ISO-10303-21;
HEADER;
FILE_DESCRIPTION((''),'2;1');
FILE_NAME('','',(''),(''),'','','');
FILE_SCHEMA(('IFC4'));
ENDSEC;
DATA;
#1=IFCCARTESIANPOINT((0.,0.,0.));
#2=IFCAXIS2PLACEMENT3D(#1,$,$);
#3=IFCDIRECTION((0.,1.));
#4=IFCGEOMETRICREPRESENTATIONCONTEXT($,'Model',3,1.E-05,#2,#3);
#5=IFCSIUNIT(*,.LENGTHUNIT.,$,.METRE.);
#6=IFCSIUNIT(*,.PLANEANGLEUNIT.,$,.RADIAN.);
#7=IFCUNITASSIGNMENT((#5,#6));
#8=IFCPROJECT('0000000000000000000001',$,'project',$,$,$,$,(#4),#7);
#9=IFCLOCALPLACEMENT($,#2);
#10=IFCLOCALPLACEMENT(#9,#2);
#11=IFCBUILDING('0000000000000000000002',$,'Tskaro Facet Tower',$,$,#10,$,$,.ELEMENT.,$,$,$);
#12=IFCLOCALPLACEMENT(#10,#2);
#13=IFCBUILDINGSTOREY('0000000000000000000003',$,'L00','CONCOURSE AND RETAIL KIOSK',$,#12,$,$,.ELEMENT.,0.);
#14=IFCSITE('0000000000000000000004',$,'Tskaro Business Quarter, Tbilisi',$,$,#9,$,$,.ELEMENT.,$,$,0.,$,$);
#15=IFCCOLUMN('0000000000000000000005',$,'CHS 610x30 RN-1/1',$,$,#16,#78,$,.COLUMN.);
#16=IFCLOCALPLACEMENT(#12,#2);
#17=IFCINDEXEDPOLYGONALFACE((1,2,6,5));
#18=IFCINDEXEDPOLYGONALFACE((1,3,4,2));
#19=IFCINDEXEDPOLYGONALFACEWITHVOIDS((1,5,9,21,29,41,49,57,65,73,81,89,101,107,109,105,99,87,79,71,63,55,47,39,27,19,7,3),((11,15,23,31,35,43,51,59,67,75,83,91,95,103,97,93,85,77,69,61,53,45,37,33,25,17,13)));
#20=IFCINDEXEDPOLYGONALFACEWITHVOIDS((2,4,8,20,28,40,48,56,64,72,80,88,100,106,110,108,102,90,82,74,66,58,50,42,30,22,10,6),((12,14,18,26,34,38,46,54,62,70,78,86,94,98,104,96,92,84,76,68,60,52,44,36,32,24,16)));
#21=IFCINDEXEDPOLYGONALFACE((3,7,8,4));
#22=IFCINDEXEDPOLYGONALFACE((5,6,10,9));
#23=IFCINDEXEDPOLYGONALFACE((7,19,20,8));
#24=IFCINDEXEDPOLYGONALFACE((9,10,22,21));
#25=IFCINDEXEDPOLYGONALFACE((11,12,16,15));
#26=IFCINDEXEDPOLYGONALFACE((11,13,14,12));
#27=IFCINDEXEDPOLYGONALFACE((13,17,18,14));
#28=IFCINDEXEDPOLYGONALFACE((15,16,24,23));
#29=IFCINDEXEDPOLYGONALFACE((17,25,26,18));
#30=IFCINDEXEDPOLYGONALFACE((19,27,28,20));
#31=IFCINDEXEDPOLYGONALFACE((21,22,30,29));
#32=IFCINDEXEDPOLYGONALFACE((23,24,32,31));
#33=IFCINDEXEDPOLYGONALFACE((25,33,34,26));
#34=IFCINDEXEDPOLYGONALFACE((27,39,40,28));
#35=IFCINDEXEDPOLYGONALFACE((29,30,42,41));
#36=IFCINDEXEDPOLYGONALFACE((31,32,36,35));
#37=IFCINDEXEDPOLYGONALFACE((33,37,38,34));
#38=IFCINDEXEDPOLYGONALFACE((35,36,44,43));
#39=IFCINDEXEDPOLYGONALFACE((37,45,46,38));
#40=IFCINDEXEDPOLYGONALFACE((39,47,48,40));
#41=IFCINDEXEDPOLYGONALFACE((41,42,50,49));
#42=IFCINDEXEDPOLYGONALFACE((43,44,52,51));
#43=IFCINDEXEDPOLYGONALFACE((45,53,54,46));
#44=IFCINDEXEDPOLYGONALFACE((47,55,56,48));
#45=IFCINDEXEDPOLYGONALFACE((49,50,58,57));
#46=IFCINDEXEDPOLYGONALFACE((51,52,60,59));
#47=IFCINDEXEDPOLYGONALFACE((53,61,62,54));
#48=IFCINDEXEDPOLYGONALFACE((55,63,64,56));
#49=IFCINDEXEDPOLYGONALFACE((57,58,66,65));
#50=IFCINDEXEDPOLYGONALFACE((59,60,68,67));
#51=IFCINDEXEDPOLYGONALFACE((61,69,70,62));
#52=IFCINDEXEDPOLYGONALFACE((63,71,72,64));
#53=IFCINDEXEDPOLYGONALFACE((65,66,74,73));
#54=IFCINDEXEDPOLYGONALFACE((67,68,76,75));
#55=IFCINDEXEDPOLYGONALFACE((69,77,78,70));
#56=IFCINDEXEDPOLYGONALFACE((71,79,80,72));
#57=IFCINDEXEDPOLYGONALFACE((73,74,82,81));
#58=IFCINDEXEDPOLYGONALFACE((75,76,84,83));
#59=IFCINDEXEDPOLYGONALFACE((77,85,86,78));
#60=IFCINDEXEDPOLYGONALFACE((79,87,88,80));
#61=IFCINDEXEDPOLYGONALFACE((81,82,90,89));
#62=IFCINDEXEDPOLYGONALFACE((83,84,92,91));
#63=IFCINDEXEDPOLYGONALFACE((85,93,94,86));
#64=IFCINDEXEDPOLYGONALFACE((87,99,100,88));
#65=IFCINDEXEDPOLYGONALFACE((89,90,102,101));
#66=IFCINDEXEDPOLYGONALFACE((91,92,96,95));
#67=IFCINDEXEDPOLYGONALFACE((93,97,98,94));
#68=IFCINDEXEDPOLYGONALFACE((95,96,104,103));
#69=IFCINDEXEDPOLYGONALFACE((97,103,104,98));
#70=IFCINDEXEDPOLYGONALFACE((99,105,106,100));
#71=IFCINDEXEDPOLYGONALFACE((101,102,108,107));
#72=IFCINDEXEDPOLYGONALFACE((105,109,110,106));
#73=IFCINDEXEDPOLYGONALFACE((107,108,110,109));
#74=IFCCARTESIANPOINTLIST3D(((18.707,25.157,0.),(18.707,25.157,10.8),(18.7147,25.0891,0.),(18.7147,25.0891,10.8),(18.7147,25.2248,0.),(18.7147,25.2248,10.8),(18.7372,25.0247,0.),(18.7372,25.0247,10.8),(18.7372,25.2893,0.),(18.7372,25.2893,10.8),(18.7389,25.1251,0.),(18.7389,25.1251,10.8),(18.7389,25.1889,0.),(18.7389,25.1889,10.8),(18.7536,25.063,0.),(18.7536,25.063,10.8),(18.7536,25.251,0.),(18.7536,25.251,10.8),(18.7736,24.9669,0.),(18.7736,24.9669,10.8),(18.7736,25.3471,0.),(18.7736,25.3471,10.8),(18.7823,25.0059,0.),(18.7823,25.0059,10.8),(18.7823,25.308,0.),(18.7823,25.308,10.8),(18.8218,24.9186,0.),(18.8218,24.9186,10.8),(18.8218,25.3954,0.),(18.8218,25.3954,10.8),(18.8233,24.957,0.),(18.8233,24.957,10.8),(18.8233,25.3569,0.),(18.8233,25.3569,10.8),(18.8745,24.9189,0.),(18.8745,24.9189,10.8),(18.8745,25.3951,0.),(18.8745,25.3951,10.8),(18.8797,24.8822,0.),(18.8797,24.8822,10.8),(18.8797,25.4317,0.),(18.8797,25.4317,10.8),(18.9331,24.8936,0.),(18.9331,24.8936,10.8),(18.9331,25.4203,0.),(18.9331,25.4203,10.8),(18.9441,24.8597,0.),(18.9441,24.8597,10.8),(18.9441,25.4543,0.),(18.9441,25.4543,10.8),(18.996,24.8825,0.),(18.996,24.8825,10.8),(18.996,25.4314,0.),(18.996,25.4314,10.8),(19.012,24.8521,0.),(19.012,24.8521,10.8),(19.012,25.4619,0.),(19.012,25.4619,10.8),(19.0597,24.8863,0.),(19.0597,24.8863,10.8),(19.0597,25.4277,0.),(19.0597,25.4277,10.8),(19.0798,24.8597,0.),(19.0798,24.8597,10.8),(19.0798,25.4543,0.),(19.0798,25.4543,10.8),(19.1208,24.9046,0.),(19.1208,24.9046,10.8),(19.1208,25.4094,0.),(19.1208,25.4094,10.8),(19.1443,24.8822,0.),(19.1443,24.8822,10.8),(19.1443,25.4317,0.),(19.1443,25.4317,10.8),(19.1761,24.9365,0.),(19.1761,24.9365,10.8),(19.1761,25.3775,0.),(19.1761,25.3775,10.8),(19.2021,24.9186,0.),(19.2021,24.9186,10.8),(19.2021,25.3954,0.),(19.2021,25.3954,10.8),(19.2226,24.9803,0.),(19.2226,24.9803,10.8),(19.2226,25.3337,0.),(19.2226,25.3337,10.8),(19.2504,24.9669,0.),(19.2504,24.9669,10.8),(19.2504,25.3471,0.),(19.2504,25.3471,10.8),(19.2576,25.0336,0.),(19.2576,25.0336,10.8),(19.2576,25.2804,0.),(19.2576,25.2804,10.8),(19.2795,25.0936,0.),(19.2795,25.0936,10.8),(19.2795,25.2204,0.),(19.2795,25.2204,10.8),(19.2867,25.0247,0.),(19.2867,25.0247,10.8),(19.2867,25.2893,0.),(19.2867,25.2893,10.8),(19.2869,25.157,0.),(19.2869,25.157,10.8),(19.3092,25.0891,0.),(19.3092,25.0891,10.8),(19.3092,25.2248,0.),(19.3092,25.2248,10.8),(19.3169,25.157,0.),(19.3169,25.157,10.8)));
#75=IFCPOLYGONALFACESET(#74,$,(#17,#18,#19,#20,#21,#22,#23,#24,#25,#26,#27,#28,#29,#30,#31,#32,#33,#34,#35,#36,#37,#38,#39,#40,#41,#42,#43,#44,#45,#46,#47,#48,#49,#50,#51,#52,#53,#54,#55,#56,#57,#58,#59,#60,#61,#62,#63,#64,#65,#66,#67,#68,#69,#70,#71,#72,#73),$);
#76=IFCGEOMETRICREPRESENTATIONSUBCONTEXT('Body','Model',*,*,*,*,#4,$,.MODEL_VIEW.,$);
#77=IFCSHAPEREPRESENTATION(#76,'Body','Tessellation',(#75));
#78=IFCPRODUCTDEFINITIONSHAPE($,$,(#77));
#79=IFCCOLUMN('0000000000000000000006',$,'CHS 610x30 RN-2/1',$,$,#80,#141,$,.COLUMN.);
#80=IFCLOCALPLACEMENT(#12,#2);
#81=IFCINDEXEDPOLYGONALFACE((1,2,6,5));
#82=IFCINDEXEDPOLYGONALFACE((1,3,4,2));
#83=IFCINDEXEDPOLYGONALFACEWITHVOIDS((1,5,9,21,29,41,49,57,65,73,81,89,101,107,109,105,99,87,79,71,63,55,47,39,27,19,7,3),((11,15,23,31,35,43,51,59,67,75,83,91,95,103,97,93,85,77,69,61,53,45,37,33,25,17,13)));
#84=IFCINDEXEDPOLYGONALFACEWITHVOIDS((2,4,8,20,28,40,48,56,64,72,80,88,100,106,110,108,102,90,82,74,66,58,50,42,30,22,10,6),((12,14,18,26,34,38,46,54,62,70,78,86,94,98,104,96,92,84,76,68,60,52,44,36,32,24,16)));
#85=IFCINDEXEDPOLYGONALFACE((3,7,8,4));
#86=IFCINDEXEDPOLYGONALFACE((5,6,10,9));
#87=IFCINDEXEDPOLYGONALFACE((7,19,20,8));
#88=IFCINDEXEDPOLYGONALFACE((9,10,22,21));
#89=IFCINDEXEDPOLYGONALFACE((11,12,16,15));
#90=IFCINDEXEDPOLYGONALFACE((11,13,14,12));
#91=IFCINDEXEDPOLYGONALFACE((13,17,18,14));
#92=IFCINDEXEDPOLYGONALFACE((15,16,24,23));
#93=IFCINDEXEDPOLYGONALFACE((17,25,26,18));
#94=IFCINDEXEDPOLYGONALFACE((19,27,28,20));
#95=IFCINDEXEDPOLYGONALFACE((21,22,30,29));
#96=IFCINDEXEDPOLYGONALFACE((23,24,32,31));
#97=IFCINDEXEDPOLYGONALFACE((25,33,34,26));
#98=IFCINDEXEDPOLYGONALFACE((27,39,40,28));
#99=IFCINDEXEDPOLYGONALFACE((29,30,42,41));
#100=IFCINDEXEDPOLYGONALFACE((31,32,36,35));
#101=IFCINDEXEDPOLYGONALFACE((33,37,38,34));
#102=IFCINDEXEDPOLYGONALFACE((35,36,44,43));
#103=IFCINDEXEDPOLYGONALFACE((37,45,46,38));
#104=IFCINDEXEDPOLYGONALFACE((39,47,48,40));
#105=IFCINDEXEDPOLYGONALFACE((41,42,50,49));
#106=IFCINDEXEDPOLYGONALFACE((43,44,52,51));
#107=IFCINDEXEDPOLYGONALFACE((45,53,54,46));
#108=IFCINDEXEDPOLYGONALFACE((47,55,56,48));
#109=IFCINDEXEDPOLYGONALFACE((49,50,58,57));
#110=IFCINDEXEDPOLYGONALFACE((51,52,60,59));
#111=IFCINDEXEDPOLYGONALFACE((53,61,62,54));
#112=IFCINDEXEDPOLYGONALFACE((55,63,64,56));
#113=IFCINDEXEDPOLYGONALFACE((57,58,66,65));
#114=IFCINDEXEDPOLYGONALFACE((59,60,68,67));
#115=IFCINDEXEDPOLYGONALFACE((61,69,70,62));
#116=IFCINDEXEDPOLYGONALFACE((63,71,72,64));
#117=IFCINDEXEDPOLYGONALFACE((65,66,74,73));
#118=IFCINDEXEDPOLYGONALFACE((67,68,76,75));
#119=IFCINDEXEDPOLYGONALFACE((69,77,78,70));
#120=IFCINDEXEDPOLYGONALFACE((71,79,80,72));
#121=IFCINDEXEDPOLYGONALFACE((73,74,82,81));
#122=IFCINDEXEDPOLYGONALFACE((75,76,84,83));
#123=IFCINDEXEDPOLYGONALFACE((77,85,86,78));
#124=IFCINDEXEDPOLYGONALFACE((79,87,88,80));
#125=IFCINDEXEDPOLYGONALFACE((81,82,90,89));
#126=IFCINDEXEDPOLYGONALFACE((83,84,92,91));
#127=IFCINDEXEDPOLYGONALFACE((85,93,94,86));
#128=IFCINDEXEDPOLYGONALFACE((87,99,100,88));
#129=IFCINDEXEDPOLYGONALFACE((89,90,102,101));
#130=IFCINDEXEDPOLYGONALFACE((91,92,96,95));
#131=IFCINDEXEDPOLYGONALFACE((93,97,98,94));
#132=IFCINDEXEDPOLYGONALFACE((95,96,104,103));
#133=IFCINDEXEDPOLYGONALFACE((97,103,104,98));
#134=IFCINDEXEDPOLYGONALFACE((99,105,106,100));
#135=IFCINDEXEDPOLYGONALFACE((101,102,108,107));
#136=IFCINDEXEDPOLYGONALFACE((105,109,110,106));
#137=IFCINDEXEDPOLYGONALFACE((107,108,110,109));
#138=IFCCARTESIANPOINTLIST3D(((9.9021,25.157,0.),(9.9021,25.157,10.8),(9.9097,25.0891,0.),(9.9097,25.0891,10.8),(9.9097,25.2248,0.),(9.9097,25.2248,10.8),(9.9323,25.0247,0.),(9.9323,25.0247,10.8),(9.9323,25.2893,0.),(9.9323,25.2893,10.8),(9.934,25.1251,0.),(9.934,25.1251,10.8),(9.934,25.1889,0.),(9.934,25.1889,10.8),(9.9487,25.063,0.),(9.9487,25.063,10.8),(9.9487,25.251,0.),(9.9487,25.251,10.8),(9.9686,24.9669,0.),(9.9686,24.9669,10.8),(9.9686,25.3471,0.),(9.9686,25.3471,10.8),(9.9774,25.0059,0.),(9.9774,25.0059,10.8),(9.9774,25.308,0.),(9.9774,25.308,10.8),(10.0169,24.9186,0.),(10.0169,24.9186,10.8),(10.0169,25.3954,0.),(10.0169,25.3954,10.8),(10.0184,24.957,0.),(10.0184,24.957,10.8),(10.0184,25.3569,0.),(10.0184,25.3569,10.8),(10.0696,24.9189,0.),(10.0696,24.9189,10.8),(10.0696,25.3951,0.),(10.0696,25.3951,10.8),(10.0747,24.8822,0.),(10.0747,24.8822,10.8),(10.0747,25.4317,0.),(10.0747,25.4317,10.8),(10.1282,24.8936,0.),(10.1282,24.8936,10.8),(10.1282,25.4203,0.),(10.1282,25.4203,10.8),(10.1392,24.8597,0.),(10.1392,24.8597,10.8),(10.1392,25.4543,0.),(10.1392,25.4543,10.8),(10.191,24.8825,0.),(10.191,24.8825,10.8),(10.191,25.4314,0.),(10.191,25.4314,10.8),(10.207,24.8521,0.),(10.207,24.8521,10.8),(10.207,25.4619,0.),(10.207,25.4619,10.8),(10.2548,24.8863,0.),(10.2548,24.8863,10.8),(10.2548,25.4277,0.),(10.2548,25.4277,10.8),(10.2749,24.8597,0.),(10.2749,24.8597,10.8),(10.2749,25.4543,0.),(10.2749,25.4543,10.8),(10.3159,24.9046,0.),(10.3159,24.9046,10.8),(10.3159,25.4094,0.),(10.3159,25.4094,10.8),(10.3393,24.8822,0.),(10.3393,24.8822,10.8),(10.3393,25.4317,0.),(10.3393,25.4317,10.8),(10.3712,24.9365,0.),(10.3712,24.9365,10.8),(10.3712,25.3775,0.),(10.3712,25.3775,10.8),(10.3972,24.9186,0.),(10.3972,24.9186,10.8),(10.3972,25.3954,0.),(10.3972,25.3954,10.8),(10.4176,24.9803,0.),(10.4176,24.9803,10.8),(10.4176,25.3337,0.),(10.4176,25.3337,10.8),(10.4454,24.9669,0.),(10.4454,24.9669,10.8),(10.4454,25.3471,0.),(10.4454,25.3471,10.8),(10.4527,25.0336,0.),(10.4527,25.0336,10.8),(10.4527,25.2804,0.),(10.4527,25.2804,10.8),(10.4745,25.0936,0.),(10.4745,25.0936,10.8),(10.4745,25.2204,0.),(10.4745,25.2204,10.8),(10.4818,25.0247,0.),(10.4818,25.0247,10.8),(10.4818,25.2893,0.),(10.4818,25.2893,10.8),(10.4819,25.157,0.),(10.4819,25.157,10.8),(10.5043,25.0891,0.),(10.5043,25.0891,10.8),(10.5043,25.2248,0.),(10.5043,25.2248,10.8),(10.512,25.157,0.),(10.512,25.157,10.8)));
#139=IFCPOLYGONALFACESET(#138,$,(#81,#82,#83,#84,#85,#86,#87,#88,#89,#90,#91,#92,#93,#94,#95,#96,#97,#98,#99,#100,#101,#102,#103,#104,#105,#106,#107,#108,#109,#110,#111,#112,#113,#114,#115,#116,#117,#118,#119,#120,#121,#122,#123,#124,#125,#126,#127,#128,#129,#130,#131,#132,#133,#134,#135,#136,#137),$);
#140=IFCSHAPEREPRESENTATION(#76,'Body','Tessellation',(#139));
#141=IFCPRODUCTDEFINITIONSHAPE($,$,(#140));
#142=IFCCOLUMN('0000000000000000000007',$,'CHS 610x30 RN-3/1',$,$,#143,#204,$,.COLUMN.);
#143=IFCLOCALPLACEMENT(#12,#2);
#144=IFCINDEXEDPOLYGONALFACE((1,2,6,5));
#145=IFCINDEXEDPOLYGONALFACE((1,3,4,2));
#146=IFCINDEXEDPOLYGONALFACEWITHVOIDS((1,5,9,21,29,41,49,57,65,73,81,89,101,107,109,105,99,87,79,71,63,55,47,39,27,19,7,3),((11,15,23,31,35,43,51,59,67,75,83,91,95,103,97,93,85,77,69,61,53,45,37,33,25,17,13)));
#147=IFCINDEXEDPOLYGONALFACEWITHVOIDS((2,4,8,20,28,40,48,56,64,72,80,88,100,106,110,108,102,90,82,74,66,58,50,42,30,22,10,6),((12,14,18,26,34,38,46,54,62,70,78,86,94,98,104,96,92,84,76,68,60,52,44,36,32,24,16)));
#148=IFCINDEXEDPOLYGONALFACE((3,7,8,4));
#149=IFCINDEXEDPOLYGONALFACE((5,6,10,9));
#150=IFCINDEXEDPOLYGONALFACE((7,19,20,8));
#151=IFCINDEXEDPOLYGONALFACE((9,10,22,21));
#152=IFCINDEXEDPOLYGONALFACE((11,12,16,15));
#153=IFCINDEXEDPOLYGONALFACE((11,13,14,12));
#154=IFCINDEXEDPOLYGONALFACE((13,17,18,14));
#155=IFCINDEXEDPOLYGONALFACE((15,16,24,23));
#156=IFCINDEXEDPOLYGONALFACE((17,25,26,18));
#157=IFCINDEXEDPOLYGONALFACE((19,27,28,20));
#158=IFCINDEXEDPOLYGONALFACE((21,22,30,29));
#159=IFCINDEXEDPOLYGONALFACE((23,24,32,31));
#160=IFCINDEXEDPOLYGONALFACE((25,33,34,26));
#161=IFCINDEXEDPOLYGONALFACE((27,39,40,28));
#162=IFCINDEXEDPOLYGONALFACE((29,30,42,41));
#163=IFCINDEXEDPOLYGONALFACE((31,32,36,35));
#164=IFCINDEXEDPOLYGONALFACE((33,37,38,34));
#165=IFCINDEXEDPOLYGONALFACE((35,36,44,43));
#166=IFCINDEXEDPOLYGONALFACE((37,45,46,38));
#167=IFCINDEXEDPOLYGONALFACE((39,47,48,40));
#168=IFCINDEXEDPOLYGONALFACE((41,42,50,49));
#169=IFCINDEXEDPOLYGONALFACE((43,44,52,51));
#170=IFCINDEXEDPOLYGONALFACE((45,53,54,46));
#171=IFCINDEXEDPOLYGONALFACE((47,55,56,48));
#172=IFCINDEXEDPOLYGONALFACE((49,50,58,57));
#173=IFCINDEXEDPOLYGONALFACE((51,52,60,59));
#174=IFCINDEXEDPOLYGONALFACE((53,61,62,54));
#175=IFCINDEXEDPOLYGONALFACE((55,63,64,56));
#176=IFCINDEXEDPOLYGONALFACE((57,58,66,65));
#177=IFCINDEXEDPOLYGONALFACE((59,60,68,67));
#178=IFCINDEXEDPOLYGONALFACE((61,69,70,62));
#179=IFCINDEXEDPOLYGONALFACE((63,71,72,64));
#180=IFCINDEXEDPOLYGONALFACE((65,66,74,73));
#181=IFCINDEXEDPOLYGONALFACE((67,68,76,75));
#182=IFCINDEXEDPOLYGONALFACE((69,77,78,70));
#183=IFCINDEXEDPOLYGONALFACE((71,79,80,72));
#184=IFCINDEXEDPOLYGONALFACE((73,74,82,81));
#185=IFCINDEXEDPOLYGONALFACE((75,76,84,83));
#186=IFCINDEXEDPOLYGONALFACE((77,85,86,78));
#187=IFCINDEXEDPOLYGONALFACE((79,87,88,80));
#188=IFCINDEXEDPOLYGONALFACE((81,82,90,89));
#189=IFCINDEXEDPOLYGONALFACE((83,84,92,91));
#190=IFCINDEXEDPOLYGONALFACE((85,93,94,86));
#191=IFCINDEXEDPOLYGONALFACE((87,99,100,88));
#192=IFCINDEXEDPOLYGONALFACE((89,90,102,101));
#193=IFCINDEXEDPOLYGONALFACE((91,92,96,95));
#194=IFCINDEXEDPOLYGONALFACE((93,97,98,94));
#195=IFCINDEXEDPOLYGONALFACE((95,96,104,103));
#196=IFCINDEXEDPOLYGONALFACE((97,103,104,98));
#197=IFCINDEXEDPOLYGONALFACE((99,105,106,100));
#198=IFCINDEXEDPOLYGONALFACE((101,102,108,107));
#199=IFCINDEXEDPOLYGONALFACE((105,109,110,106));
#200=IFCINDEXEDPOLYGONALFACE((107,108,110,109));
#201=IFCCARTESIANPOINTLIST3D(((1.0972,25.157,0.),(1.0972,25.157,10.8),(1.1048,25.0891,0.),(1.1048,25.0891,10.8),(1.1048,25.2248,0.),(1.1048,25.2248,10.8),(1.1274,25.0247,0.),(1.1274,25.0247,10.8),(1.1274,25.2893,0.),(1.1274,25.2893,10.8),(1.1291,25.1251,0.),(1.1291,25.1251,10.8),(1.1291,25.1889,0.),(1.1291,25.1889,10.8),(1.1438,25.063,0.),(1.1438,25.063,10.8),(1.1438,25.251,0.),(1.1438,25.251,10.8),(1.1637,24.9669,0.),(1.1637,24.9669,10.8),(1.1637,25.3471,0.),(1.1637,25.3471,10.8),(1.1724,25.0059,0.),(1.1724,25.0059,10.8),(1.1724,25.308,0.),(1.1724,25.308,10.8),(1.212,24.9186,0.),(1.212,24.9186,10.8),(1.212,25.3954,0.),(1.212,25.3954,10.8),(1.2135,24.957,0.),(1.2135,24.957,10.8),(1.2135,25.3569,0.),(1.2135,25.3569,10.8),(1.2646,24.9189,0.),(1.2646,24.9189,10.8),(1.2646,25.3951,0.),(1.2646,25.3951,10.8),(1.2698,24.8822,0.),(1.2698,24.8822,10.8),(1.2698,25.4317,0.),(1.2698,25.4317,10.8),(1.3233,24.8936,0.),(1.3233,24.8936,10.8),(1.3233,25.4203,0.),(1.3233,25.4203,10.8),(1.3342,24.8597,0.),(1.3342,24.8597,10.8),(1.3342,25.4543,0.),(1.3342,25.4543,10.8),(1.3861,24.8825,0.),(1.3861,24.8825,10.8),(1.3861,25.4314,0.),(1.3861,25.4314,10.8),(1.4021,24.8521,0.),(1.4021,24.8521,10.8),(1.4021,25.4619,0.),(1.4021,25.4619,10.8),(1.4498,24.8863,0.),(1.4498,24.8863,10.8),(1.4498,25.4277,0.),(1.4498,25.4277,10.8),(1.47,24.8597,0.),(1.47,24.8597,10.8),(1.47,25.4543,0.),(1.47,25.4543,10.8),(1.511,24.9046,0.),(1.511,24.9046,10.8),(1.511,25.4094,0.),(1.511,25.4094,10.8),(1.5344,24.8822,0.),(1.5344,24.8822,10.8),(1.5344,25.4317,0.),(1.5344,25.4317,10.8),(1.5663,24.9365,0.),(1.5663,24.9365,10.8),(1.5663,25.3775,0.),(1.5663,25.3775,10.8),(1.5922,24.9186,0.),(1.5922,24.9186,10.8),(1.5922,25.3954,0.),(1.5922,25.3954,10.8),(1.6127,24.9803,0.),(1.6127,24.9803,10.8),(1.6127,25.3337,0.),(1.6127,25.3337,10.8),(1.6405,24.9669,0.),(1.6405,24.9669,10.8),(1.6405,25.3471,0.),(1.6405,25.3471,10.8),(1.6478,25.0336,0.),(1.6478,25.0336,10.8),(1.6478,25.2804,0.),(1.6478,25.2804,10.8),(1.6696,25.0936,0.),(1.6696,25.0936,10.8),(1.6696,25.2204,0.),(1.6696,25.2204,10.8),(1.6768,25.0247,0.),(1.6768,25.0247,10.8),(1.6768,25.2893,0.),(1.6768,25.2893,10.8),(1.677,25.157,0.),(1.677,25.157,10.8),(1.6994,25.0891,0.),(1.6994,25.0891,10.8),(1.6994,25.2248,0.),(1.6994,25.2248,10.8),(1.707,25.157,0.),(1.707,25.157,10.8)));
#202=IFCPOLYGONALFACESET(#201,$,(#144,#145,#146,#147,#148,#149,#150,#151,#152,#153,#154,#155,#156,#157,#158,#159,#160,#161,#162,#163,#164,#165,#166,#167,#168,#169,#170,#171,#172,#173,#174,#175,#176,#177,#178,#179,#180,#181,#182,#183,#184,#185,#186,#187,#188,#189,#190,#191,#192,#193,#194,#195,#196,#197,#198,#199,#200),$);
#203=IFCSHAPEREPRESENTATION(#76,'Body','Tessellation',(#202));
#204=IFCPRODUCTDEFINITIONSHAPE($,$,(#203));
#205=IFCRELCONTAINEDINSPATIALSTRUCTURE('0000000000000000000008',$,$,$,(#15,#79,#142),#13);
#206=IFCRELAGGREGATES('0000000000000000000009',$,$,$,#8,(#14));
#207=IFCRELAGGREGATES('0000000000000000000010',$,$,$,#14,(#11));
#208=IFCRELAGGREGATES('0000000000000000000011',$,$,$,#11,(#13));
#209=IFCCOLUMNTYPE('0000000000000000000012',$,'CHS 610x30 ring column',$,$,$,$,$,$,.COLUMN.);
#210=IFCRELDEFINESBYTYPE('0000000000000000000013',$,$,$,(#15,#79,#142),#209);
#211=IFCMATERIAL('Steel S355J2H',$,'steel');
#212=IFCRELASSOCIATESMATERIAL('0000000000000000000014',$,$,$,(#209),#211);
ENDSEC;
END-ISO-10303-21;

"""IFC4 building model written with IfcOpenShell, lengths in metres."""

from ifc_helpers import new_model, si_unit, direction, frame, origin, origin_2d, place, context, subcontext, project, spatial, hollow_circle, extrude, material, material_profile, profile_set, type_object, element, save


model = new_model("IFC4")

# Units and contexts
model_context = context("Model", 3, precision=1e-05, world=origin(), true_north=direction((0.0, 1.0)))
body_context = subcontext(model_context, "Body", "Model", "MODEL_VIEW")
ifc_project = project(units=[si_unit("LENGTHUNIT", "METRE"), si_unit("PLANEANGLEUNIT", "RADIAN")], contexts=[model_context])

# Site, building, storey
site_placement = place(None, origin())
site = spatial("IfcSite", under=ifc_project, at=site_placement, Name="Tskaro Business Quarter, Tbilisi", CompositionType="ELEMENT", RefElevation=0.0)
building_placement = place(site_placement, origin())
building = spatial("IfcBuilding", under=site, at=building_placement, Name="Tskaro Facet Tower", CompositionType="ELEMENT")
storey_placement = place(building_placement, origin())
storey = spatial("IfcBuildingStorey", under=building, at=storey_placement, Name="L00", Description="CONCOURSE AND RETAIL KIOSK", CompositionType="ELEMENT", Elevation=0.0)

# Columns
ifc_material_1 = material(Name="Steel S355J2H", Category="steel")
ifc_material_profile_1 = material_profile(ifc_material_1, hollow_circle(Radius=0.3049, WallThickness=0.03, at=origin_2d()), Name="CHS 610x30")
ifc_profile_set_1 = profile_set([ifc_material_profile_1], Name="Steel S355J2H")
column_type_1 = type_object("IfcColumnType", Name="CHS 610x30 ring column", PredefinedType="COLUMN", material=ifc_profile_set_1)
for number, where, z_axis, x_axis, name in (
    (1, (19.012, 25.157, 0.0), (0.0, 0.0, 1.0), (1.0, 0.0, 0.0), "CHS 610x30 RN-1/1"),
    (2, (10.207, 25.157, 0.0), (0.0, 0.0, 1.0), (1.0, 0.0, 0.0), "CHS 610x30 RN-2/1"),
    (3, (1.4021, 25.157, 0.0), (0.0, 0.0, 1.0), (1.0, 0.0, 0.0), "CHS 610x30 RN-3/1"),
):
    element("IfcColumn", number, at=place(storey_placement, frame(where, z_axis=z_axis, x_axis=x_axis)), inside=storey, type_object=column_type_1, Name=name, PredefinedType="COLUMN", context=body_context, shape_type="SweptSolid", body=[
        extrude(hollow_circle(Radius=0.3049, WallThickness=0.03, at=origin_2d()), origin(), (0.0, 0.0, 1.0), 10.8),
    ])

save(model, "model.ifc")
